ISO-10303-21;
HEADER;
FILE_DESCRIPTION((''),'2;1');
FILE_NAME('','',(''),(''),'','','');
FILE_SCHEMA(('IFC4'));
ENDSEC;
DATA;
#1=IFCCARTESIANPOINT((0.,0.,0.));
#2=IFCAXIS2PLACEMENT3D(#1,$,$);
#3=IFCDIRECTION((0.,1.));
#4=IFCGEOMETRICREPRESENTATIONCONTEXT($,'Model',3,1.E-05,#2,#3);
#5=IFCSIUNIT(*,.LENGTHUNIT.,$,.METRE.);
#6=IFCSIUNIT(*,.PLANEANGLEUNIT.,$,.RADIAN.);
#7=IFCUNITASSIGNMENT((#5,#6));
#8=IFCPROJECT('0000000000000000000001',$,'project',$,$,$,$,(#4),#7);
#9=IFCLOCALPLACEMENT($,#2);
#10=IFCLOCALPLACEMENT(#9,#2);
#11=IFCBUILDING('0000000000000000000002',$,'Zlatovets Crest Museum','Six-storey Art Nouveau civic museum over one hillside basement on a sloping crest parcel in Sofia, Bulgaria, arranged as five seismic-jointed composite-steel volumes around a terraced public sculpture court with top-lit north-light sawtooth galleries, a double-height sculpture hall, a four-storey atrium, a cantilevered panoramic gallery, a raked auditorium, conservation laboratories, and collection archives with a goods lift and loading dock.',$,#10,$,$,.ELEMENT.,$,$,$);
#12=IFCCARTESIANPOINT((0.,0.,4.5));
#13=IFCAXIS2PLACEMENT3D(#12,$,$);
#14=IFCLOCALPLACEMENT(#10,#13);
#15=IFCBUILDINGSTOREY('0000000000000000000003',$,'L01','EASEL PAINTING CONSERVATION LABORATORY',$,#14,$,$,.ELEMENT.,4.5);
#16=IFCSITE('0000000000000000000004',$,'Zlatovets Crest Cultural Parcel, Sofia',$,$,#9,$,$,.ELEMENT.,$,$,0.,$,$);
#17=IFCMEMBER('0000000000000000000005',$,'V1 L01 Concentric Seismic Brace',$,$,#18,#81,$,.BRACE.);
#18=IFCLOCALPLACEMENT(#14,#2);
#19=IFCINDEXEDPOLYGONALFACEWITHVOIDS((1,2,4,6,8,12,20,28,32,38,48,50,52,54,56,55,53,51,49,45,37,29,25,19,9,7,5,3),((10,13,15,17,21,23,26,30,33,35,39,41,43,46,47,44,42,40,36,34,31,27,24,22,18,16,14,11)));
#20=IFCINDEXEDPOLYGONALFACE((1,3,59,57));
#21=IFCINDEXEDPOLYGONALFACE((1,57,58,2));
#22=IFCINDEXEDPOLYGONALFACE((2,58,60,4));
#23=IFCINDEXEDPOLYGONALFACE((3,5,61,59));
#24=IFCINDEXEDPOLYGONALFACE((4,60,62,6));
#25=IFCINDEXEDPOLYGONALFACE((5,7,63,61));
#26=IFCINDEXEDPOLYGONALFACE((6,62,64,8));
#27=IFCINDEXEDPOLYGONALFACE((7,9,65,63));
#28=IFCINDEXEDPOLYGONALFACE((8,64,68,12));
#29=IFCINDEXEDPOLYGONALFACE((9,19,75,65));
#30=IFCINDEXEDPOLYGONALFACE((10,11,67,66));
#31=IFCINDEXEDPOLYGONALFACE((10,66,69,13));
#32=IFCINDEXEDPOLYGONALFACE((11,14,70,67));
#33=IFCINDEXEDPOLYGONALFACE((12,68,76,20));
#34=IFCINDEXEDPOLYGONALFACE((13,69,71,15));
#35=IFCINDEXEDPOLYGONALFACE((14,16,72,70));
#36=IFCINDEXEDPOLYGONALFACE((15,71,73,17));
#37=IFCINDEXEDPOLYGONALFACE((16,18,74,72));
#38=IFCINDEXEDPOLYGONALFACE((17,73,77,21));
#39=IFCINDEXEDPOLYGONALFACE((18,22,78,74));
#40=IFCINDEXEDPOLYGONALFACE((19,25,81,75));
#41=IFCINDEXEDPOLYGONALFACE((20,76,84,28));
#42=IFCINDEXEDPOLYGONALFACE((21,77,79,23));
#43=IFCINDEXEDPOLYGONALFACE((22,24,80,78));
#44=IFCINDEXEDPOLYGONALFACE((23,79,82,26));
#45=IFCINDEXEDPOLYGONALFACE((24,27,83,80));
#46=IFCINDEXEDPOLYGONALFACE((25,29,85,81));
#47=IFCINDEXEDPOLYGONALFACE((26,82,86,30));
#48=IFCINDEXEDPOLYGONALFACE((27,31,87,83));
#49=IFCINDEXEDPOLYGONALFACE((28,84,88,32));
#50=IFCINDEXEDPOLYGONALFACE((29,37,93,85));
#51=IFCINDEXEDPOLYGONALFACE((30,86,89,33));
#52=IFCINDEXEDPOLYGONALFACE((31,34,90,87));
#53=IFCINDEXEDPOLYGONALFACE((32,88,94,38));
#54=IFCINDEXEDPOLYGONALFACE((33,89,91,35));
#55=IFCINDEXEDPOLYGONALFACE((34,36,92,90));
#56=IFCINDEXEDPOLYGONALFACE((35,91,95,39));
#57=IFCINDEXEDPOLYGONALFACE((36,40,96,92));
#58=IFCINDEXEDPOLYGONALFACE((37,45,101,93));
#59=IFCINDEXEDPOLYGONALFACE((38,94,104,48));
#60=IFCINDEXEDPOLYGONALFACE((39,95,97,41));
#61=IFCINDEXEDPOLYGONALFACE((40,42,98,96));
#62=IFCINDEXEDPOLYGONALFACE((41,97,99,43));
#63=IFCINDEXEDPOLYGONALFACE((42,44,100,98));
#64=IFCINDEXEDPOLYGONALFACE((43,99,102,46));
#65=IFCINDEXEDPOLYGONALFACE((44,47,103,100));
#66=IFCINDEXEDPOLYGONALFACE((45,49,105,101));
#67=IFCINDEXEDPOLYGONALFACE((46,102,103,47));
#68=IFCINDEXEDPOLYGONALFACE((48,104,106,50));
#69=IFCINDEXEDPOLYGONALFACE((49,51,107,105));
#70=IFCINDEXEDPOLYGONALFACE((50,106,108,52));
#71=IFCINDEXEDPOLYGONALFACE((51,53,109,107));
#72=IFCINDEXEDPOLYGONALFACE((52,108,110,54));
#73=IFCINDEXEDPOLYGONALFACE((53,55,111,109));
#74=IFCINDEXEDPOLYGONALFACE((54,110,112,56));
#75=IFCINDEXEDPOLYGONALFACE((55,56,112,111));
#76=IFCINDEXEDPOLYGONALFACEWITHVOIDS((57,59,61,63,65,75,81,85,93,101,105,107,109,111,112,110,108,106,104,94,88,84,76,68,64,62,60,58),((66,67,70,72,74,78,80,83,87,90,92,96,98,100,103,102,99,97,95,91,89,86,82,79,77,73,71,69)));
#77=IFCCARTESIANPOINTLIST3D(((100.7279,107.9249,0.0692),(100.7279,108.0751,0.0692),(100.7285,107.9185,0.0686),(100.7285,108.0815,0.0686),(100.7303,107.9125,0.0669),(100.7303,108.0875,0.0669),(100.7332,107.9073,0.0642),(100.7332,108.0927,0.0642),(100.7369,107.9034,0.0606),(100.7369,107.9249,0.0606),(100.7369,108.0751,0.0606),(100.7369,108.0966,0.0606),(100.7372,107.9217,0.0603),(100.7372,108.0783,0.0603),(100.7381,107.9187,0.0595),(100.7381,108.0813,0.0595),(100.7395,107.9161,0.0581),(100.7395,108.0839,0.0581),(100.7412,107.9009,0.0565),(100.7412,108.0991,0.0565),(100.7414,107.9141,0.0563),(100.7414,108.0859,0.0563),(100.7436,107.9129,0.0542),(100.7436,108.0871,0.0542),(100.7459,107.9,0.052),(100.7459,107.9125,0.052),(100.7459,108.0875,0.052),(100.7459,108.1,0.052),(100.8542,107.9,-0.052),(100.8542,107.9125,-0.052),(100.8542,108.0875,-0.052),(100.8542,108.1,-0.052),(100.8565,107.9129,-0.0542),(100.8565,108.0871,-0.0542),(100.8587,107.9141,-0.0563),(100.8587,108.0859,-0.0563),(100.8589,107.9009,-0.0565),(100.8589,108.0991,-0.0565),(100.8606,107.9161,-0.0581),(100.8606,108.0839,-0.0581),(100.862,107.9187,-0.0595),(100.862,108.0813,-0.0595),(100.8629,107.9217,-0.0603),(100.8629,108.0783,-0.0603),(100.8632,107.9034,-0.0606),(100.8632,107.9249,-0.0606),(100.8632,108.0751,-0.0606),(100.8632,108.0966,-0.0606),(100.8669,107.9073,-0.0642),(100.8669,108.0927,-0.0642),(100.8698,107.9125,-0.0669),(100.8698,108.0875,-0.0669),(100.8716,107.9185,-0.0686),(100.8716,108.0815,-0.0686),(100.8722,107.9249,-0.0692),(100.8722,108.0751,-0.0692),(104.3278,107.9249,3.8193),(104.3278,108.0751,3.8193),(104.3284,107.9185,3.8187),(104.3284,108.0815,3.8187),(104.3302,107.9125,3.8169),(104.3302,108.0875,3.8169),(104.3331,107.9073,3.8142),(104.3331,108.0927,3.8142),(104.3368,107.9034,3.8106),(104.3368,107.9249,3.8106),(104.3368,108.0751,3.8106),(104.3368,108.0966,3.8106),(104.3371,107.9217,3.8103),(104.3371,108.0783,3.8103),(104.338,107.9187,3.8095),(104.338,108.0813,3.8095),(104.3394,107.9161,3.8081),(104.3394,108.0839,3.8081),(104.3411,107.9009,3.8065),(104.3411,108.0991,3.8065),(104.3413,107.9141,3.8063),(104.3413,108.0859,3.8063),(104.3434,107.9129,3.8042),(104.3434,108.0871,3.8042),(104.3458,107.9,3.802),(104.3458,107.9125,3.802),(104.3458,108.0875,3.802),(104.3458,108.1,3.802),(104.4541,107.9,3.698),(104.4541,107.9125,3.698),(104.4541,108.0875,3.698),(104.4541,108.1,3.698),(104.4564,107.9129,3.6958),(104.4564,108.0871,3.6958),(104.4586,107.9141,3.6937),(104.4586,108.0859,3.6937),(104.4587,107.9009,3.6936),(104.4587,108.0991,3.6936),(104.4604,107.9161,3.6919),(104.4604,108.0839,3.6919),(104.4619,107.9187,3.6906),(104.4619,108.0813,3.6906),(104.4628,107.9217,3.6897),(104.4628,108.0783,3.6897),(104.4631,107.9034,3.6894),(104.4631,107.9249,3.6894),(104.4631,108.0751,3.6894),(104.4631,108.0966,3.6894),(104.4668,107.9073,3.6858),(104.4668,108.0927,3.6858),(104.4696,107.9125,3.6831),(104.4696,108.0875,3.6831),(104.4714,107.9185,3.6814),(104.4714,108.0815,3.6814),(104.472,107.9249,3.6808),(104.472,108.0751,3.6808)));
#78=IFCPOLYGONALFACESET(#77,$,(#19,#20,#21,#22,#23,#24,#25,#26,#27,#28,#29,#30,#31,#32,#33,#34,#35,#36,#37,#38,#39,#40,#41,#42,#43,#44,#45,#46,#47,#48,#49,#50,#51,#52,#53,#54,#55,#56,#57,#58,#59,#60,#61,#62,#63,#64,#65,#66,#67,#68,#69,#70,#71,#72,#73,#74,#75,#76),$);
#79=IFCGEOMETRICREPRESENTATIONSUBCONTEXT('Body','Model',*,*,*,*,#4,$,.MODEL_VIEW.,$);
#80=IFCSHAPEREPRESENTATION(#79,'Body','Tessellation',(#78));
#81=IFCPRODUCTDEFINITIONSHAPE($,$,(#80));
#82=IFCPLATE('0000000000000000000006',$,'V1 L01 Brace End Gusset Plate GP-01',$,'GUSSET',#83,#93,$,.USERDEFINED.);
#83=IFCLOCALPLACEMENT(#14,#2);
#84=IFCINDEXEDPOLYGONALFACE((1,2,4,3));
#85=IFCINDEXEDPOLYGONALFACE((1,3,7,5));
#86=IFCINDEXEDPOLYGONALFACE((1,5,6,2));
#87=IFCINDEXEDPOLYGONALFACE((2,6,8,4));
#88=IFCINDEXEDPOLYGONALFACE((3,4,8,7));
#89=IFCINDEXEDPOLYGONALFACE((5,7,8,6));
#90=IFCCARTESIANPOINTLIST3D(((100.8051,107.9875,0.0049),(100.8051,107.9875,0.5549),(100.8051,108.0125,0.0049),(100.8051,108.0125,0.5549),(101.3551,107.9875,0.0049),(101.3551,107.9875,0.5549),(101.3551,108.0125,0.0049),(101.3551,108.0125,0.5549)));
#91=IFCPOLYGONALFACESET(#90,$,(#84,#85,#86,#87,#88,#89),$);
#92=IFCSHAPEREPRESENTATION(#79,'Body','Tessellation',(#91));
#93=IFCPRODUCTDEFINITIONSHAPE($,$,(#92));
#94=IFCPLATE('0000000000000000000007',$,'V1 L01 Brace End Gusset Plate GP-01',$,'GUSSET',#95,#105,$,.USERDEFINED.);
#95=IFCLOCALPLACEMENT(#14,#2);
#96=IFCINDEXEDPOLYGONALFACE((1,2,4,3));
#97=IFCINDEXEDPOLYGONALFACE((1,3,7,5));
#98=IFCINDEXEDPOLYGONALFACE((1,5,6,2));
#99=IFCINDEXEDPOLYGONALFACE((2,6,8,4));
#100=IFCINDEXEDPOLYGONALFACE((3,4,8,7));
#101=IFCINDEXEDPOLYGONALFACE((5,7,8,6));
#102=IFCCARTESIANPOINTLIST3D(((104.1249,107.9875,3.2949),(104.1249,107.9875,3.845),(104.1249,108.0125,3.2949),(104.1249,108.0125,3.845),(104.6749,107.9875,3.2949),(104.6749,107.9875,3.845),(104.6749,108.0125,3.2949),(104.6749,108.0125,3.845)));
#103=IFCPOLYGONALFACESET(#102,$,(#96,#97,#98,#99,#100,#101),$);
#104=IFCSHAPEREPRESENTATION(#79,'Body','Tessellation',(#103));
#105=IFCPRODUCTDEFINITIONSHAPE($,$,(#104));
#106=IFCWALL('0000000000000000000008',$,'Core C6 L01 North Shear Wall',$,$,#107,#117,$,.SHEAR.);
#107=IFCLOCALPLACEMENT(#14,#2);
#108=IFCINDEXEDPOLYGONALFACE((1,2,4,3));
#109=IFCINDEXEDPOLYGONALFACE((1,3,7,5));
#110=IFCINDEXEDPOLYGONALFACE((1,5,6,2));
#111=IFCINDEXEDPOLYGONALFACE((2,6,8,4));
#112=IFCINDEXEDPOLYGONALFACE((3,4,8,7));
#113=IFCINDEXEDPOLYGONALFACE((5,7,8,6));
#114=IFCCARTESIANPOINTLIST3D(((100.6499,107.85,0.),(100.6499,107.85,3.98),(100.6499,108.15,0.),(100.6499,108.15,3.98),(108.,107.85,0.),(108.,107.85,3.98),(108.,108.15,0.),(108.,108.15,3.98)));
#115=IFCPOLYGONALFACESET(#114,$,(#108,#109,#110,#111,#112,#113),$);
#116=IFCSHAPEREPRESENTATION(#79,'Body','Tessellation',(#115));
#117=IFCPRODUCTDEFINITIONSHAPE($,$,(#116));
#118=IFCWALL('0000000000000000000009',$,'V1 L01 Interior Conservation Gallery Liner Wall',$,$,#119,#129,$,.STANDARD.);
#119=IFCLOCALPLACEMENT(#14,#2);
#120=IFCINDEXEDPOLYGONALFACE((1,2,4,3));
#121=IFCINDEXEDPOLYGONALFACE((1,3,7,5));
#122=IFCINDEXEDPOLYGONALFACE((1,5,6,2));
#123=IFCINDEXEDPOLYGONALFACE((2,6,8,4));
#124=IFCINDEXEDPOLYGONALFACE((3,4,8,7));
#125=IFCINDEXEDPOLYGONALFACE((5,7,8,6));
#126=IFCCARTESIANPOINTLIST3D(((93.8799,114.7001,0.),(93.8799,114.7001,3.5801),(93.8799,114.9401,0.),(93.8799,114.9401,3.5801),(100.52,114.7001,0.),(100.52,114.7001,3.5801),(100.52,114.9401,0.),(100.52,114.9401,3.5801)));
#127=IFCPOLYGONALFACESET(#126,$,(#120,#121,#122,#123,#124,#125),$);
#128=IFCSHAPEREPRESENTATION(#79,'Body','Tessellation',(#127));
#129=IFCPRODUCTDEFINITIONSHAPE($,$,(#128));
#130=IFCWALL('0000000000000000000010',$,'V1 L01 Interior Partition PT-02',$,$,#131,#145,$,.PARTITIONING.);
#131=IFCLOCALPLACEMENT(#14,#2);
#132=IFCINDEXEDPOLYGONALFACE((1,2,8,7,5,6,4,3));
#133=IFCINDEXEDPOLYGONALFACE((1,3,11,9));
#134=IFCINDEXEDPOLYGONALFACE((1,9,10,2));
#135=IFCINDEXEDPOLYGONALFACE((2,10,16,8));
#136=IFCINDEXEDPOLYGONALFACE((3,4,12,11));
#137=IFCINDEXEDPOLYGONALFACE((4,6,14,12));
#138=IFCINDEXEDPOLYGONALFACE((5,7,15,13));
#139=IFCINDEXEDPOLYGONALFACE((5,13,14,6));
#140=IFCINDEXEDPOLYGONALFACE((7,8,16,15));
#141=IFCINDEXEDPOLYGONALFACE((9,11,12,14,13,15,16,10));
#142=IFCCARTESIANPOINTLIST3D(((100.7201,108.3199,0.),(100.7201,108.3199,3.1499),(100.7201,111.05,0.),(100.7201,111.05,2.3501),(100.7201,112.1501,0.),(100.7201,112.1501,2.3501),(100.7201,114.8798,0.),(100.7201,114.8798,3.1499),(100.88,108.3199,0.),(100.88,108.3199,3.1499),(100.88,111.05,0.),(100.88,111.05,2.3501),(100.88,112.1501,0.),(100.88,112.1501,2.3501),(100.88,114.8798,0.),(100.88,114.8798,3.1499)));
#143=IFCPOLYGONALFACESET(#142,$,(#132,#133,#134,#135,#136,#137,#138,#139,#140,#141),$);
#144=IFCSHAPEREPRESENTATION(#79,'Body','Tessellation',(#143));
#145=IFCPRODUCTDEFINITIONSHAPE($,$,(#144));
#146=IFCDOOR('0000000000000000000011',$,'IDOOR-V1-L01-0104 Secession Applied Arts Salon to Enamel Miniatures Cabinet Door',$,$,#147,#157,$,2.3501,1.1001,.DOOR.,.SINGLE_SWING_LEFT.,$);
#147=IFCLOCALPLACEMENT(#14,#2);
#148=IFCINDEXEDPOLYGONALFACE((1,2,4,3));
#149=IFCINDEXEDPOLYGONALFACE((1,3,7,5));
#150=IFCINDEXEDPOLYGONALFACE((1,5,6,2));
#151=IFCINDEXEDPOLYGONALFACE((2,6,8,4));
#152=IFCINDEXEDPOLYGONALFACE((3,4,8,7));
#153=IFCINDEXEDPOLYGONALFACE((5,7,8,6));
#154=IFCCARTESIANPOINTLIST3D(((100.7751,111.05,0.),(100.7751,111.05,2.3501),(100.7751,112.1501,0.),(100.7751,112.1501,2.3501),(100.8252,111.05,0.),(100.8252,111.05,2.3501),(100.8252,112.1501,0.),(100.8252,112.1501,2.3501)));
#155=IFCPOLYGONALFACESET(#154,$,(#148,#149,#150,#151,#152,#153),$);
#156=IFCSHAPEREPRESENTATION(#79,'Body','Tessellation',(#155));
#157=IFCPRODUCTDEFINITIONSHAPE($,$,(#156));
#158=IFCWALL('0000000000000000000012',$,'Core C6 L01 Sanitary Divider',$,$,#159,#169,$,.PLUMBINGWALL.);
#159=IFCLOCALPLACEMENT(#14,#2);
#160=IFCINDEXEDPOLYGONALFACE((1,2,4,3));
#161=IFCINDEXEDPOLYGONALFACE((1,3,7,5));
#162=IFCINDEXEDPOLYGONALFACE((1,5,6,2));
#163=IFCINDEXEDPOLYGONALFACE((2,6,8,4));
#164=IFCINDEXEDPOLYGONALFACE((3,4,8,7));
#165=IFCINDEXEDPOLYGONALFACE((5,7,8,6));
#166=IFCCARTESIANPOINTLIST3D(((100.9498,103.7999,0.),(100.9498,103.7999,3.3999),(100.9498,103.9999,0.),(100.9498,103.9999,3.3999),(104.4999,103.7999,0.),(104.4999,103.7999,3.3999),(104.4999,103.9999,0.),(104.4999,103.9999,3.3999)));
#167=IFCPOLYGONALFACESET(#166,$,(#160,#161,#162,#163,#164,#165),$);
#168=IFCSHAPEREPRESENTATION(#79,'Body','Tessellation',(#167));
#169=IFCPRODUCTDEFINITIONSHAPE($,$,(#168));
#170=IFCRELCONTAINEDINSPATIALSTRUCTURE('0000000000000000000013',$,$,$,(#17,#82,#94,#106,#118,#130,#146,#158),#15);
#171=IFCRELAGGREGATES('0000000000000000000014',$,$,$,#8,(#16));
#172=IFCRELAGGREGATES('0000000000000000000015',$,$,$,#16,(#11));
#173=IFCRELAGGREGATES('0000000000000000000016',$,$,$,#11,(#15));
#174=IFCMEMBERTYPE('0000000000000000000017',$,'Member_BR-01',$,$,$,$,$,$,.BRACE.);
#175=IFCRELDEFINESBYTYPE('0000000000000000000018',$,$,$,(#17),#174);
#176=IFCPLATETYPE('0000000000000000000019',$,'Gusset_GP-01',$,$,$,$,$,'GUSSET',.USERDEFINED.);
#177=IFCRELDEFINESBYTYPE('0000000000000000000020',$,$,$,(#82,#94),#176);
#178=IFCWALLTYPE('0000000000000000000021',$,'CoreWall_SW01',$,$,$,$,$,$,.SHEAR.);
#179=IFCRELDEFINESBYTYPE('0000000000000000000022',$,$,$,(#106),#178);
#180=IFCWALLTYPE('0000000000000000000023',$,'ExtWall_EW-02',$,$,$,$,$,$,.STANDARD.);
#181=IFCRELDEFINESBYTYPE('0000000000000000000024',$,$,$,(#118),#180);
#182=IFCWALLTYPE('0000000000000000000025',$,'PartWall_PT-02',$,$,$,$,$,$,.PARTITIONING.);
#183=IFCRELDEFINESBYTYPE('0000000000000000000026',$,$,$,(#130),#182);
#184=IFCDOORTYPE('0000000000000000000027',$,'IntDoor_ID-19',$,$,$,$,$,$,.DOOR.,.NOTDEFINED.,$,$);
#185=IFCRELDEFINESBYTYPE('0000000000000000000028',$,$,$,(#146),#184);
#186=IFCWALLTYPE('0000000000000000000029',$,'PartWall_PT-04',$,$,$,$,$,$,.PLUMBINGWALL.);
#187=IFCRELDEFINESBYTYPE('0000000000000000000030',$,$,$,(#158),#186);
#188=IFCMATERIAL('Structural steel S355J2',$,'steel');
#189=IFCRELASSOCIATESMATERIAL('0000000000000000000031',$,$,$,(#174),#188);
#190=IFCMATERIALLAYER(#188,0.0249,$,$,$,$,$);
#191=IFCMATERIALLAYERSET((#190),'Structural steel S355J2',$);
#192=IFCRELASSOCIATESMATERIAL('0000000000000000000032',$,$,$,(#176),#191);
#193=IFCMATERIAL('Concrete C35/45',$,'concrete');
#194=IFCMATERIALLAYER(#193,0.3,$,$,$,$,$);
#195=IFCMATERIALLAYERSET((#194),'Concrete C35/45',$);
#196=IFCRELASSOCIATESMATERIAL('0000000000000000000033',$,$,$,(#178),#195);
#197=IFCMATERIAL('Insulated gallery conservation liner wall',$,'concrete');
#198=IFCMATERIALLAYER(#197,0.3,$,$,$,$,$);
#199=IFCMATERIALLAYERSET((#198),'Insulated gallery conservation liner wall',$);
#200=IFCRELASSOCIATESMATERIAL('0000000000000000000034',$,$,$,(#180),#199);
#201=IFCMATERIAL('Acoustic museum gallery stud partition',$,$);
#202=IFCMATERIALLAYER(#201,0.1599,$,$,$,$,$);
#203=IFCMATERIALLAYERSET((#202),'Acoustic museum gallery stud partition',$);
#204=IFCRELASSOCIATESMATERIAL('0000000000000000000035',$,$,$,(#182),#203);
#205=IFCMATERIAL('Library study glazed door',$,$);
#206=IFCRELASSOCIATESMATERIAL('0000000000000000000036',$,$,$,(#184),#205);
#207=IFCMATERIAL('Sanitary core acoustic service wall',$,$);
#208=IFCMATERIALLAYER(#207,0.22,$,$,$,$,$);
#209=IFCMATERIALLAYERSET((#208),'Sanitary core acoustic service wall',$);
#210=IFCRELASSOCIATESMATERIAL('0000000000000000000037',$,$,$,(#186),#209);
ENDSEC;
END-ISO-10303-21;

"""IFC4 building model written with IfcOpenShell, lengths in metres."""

from ifc_helpers import new_model, si_unit, direction, frame, frame_2d, origin, origin_2d, place, context, subcontext, project, spatial, rectangle, hollow_rectangle, extrude, material, layer, layer_set, material_profile, profile_set, type_object, element, fill, save


model = new_model("IFC4")

# Units and contexts
model_context = context("Model", 3, precision=1e-05, world=origin(), true_north=direction((0.0, 1.0)))
body_context = subcontext(model_context, "Body", "Model", "MODEL_VIEW")
ifc_project = project(units=[si_unit("LENGTHUNIT", "METRE"), si_unit("PLANEANGLEUNIT", "RADIAN")], contexts=[model_context])

# Site, building, storey
site_placement = place(None, origin())
site = spatial("IfcSite", under=ifc_project, at=site_placement, Name="Zlatovets Crest Cultural Parcel, Sofia", CompositionType="ELEMENT", RefElevation=0.0)
building_placement = place(site_placement, origin())
building = spatial("IfcBuilding", under=site, at=building_placement, Name="Zlatovets Crest Museum", Description="Six-storey Art Nouveau civic museum over one hillside basement on a sloping crest parcel in Sofia, Bulgaria, arranged as five seismic-jointed composite-steel volumes around a terraced public sculpture court with top-lit north-light sawtooth galleries, a double-height sculpture hall, a four-storey atrium, a cantilevered panoramic gallery, a raked auditorium, conservation laboratories, and collection archives with a goods lift and loading dock.", CompositionType="ELEMENT")
storey_placement = place(building_placement, frame((0.0, 0.0, 4.5)))
storey = spatial("IfcBuildingStorey", under=building, at=storey_placement, Name="L01", Description="EASEL PAINTING CONSERVATION LABORATORY", CompositionType="ELEMENT", Elevation=4.5)

# Shared definitions
ifc_material_1 = material(Name="Structural steel S355J2", Category="steel")

# Member
ifc_material_profile_1 = material_profile(ifc_material_1, hollow_rectangle(XDim=0.2, YDim=0.2, WallThickness=0.0125, InnerFilletRadius=0.0125, OuterFilletRadius=0.0249, at=origin_2d()), Name="SHS 200x200x12.5")
ifc_profile_set_1 = profile_set([ifc_material_profile_1], Name="Structural steel S355J2")
member_type = type_object("IfcMemberType", Name="Member_BR-01", PredefinedType="BRACE", material=ifc_profile_set_1)
member_placement = place(storey_placement, frame((100.8, 108.0, 0.0), z_axis=(0.692517, 0.0, 0.721401), x_axis=(0.0, 1.0, 0.0)))
element("IfcMember", 1, at=member_placement, inside=storey, type_object=member_type, Name="V1 L01 Concentric Seismic Brace", PredefinedType="BRACE", context=body_context, shape_type="SweptSolid", body=[
    extrude(hollow_rectangle(XDim=0.2, YDim=0.2, WallThickness=0.0125, InnerFilletRadius=0.0125, OuterFilletRadius=0.0249, at=origin_2d()), origin(), (0.0, 0.0, 1.0), 5.1982),
])

# Plates
ifc_layer_1 = layer(ifc_material_1, 0.0249)
ifc_layer_set_1 = layer_set([ifc_layer_1], Name="Structural steel S355J2")
plate_type = type_object("IfcPlateType", Name="Gusset_GP-01", ElementType="GUSSET", PredefinedType="USERDEFINED", material=ifc_layer_set_1)
for number, where, z_axis, x_axis, name in (
    (2, (101.0801, 108.0, 0.0049), (0.0, 0.0, 1.0), (1.0, 0.0, 0.0), "V1 L01 Brace End Gusset Plate GP-01"),
    (3, (104.3999, 108.0, 3.2949), (0.0, 0.0, 1.0), (1.0, 0.0, 0.0), "V1 L01 Brace End Gusset Plate GP-01"),
):
    element("IfcPlate", number, at=place(storey_placement, frame(where, z_axis=z_axis, x_axis=x_axis)), inside=storey, type_object=plate_type, Name=name, ObjectType="GUSSET", PredefinedType="USERDEFINED", context=body_context, shape_type="SweptSolid", body=[
        extrude(rectangle(XDim=0.55, YDim=0.0249, at=origin_2d()), origin(), (0.0, 0.0, 1.0), 0.55),
    ])

# Walls
ifc_material_2 = material(Name="Concrete C35/45", Category="concrete")
ifc_layer_2 = layer(ifc_material_2, 0.3)
ifc_layer_set_2 = layer_set([ifc_layer_2], Name="Concrete C35/45")
wall_type_1 = type_object("IfcWallType", Name="CoreWall_SW01", PredefinedType="SHEAR", material=ifc_layer_set_2)
wall_1_placement = place(storey_placement, frame((100.6499, 108.0, 0.0), z_axis=(0.0, 0.0, 1.0), x_axis=(1.0, 0.0, 0.0)))
element("IfcWall", 4, at=wall_1_placement, inside=storey, type_object=wall_type_1, Name="Core C6 L01 North Shear Wall", PredefinedType="SHEAR", context=body_context, shape_type="SweptSolid", body=[
    extrude(rectangle(XDim=7.3501, YDim=0.3, at=frame_2d((3.675, 0.0))), origin(), (0.0, 0.0, 1.0), 3.98),
])
ifc_material_3 = material(Name="Insulated gallery conservation liner wall", Category="concrete")
ifc_layer_3 = layer(ifc_material_3, 0.3)
ifc_layer_set_3 = layer_set([ifc_layer_3], Name="Insulated gallery conservation liner wall")
wall_type_2 = type_object("IfcWallType", Name="ExtWall_EW-02", PredefinedType="STANDARD", material=ifc_layer_set_3)
wall_2_placement = place(storey_placement, frame((100.52, 114.8201, 0.0), z_axis=(0.0, 0.0, 1.0), x_axis=(-1.0, 0.0, 0.0)))
element("IfcWall", 5, at=wall_2_placement, inside=storey, type_object=wall_type_2, Name="V1 L01 Interior Conservation Gallery Liner Wall", PredefinedType="STANDARD", context=body_context, shape_type="SweptSolid", body=[
    extrude(rectangle(XDim=6.6401, YDim=0.24, at=frame_2d((3.3201, 0.0))), origin(), (0.0, 0.0, 1.0), 3.5801),
])

# Wall, opening, door
ifc_material_4 = material(Name="Acoustic museum gallery stud partition")
ifc_layer_4 = layer(ifc_material_4, 0.1599)
ifc_layer_set_4 = layer_set([ifc_layer_4], Name="Acoustic museum gallery stud partition")
wall_type_3 = type_object("IfcWallType", Name="PartWall_PT-02", PredefinedType="PARTITIONING", material=ifc_layer_set_4)
wall_3_placement = place(storey_placement, frame((100.8, 108.3201, 0.0), z_axis=(0.0, 0.0, 1.0), x_axis=(0.0, 1.0, 0.0)))
wall_3 = element("IfcWall", 6, at=wall_3_placement, inside=storey, type_object=wall_type_3, Name="V1 L01 Interior Partition PT-02", PredefinedType="PARTITIONING", context=body_context, shape_type="SweptSolid", body=[
    extrude(rectangle(XDim=6.5598, YDim=0.1599, at=frame_2d((3.2798, 0.0))), origin(), (0.0, 0.0, 1.0), 3.1499),
])
opening_placement = place(wall_3_placement, frame((2.73, 0.0, 0.0)))
opening = element("IfcOpeningElement", 7, at=opening_placement, cuts=wall_3, PredefinedType="OPENING", context=body_context, shape_type="SweptSolid", body=[
    extrude(rectangle(XDim=1.1001, YDim=2.3501, at=frame_2d((0.55, 1.175))), frame((0.0, 0.0898, 0.0), z_axis=(0.0, -1.0, 0.0), x_axis=(1.0, 0.0, 0.0)), (0.0, 0.0, 1.0), 0.1799),
])
ifc_material_5 = material(Name="Library study glazed door")
door_type = type_object("IfcDoorType", Name="IntDoor_ID-19", OperationType="NOTDEFINED", PredefinedType="DOOR", material=ifc_material_5)
door_placement = place(opening_placement, origin())
door = element("IfcDoor", 8, at=door_placement, inside=storey, type_object=door_type, Name="IDOOR-V1-L01-0104 Secession Applied Arts Salon to Enamel Miniatures Cabinet Door", OperationType="SINGLE_SWING_LEFT", OverallHeight=2.3501, OverallWidth=1.1001, PredefinedType="DOOR", context=body_context, shape_type="SweptSolid", body=[
    extrude(rectangle(XDim=1.1001, YDim=2.3501, at=frame_2d((0.55, 1.175))), frame((0.0, 0.0249, 0.0), z_axis=(0.0, -1.0, 0.0), x_axis=(1.0, 0.0, 0.0)), (0.0, 0.0, 1.0), 0.05),
])
fill(opening, door)

# Wall
ifc_material_6 = material(Name="Sanitary core acoustic service wall")
ifc_layer_5 = layer(ifc_material_6, 0.22)
ifc_layer_set_5 = layer_set([ifc_layer_5], Name="Sanitary core acoustic service wall")
wall_type_4 = type_object("IfcWallType", Name="PartWall_PT-04", PredefinedType="PLUMBINGWALL", material=ifc_layer_set_5)
wall_4_placement = place(storey_placement, frame((100.95, 103.8999, 0.0), z_axis=(0.0, 0.0, 1.0), x_axis=(1.0, 0.0, 0.0)))
element("IfcWall", 9, at=wall_4_placement, inside=storey, type_object=wall_type_4, Name="Core C6 L01 Sanitary Divider", PredefinedType="PLUMBINGWALL", context=body_context, shape_type="SweptSolid", body=[
    extrude(rectangle(XDim=3.55, YDim=0.2, at=frame_2d((1.7749, 0.0))), origin(), (0.0, 0.0, 1.0), 3.3999),
])

save(model, "model.ifc")
